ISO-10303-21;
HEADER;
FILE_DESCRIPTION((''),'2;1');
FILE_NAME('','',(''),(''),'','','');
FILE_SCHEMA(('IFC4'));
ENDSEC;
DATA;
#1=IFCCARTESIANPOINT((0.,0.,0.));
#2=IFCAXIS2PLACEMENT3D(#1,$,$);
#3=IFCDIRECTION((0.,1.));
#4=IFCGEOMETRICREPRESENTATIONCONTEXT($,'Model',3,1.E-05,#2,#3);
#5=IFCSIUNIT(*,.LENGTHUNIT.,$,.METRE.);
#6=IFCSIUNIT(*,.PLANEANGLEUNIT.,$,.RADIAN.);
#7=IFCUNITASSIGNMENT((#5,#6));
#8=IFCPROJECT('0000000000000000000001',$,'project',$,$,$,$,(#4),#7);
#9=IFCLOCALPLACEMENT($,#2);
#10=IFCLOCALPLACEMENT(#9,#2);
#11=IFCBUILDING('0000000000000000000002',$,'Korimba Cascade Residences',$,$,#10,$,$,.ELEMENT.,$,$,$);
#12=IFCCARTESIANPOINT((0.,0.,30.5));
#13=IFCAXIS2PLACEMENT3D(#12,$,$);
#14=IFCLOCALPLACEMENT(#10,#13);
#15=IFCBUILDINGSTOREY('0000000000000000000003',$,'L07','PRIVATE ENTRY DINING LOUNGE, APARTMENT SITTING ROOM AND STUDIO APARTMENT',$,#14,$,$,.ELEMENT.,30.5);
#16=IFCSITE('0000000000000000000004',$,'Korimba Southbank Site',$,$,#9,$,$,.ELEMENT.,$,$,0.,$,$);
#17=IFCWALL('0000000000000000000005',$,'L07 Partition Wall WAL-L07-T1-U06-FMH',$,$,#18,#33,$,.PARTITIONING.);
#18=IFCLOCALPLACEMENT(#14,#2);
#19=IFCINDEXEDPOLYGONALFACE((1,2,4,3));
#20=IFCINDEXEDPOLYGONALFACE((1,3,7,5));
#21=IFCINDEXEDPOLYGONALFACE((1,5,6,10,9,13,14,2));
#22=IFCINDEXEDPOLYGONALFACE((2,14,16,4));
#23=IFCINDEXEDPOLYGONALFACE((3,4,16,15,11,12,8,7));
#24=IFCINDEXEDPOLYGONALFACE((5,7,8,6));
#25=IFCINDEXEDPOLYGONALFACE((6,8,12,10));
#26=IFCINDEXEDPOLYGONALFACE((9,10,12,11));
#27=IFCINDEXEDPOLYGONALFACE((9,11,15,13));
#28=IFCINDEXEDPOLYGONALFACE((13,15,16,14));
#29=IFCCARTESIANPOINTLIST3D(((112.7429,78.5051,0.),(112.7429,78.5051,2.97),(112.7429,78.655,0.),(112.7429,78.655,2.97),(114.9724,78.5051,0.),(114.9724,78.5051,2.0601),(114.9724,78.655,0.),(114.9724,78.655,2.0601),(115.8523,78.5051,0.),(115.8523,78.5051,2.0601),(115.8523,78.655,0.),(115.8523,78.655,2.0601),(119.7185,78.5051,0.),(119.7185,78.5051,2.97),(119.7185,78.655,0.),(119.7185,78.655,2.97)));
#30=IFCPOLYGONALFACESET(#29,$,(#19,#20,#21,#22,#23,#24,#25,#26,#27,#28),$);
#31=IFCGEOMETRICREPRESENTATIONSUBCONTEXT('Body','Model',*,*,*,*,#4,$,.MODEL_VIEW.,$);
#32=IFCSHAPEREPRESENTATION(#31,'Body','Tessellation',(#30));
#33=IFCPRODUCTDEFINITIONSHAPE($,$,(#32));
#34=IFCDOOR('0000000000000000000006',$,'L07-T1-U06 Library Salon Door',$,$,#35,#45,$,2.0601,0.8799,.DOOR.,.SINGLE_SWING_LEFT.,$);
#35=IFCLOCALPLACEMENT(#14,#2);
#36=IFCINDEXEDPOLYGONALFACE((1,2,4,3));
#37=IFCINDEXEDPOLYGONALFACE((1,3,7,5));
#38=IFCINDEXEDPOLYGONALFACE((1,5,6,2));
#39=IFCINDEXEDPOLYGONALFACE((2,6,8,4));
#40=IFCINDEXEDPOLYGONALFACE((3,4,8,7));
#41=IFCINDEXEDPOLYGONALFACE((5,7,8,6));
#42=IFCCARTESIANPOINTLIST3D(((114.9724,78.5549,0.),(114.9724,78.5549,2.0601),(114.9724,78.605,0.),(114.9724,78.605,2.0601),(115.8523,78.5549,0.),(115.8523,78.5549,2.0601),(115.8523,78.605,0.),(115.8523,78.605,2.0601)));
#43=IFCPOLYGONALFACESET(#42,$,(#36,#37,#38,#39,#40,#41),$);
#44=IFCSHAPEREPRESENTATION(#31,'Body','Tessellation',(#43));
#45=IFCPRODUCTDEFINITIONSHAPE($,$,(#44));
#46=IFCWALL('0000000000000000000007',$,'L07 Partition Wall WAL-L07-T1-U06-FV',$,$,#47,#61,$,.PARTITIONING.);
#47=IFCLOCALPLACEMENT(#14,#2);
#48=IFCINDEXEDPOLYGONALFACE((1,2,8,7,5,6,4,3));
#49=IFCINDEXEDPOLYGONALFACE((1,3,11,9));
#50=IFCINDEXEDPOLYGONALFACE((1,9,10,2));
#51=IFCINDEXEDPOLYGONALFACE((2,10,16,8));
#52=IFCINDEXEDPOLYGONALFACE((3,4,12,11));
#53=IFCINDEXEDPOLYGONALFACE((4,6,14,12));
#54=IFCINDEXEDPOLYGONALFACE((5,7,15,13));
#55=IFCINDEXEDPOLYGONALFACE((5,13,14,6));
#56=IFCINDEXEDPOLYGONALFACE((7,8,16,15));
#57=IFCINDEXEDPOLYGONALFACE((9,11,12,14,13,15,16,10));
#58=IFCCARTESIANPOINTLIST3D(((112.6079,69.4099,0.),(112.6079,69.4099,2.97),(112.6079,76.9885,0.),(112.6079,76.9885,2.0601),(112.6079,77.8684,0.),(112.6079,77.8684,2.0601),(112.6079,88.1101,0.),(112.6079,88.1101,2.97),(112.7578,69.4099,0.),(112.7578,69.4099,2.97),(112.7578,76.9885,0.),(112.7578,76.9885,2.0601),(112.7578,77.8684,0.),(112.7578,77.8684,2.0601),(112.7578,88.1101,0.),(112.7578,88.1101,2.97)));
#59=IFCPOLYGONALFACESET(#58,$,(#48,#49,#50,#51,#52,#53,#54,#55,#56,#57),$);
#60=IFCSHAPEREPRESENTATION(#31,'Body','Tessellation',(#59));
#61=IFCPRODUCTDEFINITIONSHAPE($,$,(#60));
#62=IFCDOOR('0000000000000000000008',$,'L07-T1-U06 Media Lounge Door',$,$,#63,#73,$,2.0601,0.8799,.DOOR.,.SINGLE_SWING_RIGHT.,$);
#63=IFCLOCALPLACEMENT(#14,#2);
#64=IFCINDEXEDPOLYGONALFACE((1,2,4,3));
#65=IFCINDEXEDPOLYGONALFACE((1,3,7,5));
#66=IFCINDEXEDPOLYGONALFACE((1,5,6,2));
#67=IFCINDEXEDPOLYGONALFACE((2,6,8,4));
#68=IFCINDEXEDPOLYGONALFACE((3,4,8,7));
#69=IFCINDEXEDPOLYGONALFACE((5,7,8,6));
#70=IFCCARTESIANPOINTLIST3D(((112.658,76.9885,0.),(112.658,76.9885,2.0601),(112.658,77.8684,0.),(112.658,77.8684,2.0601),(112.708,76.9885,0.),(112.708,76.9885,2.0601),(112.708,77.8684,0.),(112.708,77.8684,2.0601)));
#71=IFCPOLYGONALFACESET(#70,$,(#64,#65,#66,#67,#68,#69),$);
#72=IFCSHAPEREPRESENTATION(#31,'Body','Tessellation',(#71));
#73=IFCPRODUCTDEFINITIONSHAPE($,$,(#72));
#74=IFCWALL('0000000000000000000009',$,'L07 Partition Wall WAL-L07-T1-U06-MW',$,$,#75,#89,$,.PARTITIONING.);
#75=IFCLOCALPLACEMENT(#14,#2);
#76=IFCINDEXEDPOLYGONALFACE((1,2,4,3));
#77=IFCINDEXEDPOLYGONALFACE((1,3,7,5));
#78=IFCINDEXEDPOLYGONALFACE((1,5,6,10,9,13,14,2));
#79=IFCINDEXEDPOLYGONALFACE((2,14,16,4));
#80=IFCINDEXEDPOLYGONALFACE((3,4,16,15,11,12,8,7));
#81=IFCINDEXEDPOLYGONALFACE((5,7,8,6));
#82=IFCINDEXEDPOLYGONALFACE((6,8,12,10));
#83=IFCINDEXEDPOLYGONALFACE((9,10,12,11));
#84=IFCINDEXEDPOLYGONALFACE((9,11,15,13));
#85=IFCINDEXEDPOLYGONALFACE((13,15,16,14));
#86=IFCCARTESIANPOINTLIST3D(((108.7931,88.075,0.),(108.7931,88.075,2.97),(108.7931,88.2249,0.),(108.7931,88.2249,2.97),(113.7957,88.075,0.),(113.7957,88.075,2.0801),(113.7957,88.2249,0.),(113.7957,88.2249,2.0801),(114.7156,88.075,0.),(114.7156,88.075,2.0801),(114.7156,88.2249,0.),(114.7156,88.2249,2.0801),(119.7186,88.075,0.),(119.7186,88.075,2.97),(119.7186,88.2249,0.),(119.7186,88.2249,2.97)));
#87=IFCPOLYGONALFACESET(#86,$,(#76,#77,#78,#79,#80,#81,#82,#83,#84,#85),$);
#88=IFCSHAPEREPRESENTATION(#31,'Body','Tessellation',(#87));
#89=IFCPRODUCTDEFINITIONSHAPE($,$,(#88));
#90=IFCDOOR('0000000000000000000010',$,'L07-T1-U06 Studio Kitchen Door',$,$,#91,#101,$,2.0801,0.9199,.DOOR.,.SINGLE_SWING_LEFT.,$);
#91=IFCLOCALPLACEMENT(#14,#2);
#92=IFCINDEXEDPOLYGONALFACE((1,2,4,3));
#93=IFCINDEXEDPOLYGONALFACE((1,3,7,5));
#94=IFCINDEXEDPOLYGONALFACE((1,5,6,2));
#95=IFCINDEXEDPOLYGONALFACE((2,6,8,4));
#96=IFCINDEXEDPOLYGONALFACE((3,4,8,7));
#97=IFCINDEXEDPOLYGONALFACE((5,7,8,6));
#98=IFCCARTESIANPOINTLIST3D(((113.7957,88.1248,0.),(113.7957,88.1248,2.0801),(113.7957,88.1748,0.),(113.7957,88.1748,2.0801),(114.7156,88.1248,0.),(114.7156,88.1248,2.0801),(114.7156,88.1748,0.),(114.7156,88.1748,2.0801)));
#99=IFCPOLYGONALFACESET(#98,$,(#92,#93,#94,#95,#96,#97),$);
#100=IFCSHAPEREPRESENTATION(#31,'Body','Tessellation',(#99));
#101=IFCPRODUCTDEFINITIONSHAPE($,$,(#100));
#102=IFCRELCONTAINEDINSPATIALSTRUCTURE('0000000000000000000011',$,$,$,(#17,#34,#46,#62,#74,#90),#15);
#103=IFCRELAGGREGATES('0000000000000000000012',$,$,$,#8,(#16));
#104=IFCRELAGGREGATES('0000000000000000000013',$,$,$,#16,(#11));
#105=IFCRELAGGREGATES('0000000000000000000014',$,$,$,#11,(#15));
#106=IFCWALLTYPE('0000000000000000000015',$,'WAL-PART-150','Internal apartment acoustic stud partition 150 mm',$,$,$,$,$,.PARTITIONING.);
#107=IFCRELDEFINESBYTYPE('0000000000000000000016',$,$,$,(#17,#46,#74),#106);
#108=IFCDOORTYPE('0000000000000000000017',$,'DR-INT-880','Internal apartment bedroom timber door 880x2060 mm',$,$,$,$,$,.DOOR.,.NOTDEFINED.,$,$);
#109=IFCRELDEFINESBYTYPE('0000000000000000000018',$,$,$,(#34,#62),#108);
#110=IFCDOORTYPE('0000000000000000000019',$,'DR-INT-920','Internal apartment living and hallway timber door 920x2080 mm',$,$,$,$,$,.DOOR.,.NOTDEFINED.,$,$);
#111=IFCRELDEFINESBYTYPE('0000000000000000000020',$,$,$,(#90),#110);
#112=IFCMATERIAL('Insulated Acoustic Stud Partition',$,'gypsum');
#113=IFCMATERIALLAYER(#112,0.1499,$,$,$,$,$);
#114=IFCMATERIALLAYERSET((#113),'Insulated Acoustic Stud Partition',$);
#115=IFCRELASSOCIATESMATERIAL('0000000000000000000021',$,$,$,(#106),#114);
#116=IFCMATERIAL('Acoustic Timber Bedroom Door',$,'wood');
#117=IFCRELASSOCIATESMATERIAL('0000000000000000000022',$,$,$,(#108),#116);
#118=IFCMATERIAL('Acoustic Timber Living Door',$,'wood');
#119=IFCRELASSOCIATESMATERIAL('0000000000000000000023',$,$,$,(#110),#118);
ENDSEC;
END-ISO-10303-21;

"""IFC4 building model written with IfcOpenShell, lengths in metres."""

from ifc_helpers import new_model, si_unit, direction, frame, frame_2d, origin, place, context, subcontext, project, spatial, rectangle, extrude, material, layer, layer_set, type_object, element, fill, save


model = new_model("IFC4")

# Units and contexts
model_context = context("Model", 3, precision=1e-05, world=origin(), true_north=direction((0.0, 1.0)))
body_context = subcontext(model_context, "Body", "Model", "MODEL_VIEW")
ifc_project = project(units=[si_unit("LENGTHUNIT", "METRE"), si_unit("PLANEANGLEUNIT", "RADIAN")], contexts=[model_context])

# Site, building, storey
site_placement = place(None, origin())
site = spatial("IfcSite", under=ifc_project, at=site_placement, Name="Korimba Southbank Site", CompositionType="ELEMENT", RefElevation=0.0)
building_placement = place(site_placement, origin())
building = spatial("IfcBuilding", under=site, at=building_placement, Name="Korimba Cascade Residences", CompositionType="ELEMENT")
storey_placement = place(building_placement, frame((0.0, 0.0, 30.5)))
storey = spatial("IfcBuildingStorey", under=building, at=storey_placement, Name="L07", Description="PRIVATE ENTRY DINING LOUNGE, APARTMENT SITTING ROOM AND STUDIO APARTMENT", CompositionType="ELEMENT", Elevation=30.5)

# Walls, openings, doors
ifc_material_1 = material(Name="Insulated Acoustic Stud Partition", Category="gypsum")
ifc_layer_1 = layer(ifc_material_1, 0.1499)
ifc_layer_set_1 = layer_set([ifc_layer_1], Name="Insulated Acoustic Stud Partition")
wall_type_1 = type_object("IfcWallType", Name="WAL-PART-150", Description="Internal apartment acoustic stud partition 150 mm", PredefinedType="PARTITIONING", material=ifc_layer_set_1)
ifc_material_2 = material(Name="Acoustic Timber Bedroom Door", Category="wood")
door_type_1 = type_object("IfcDoorType", Name="DR-INT-880", Description="Internal apartment bedroom timber door 880x2060 mm", OperationType="NOTDEFINED", PredefinedType="DOOR", material=ifc_material_2)
ifc_material_3 = material(Name="Acoustic Timber Living Door", Category="wood")
door_type_2 = type_object("IfcDoorType", Name="DR-INT-920", Description="Internal apartment living and hallway timber door 920x2080 mm", OperationType="NOTDEFINED", PredefinedType="DOOR", material=ifc_material_3)
wall_1_placement = place(storey_placement, frame((112.7429, 78.5801, 0.0), z_axis=(0.0, 0.0, 1.0), x_axis=(1.0, 0.0, 0.0)))
wall_1 = element("IfcWall", 1, at=wall_1_placement, inside=storey, type_object=wall_type_1, Name="L07 Partition Wall WAL-L07-T1-U06-FMH", PredefinedType="PARTITIONING", context=body_context, shape_type="SweptSolid", body=[
    extrude(rectangle(XDim=6.9756, YDim=0.1499, at=frame_2d((3.4878, 0.0))), origin(), (0.0, 0.0, 1.0), 2.97),
])
opening_1_placement = place(wall_1_placement, frame((2.2295, 0.0, 0.0)))
opening_1 = element("IfcOpeningElement", 2, at=opening_1_placement, cuts=wall_1, PredefinedType="OPENING", context=body_context, shape_type="SweptSolid", body=[
    extrude(rectangle(XDim=0.8799, YDim=2.0601, at=frame_2d((0.4399, 1.03))), frame((0.0, 0.085, 0.0), z_axis=(0.0, -1.0, 0.0), x_axis=(1.0, 0.0, 0.0)), (0.0, 0.0, 1.0), 0.1699),
])
door_1_placement = place(opening_1_placement, origin())
door_1 = element("IfcDoor", 3, at=door_1_placement, inside=storey, type_object=door_type_1, Name="L07-T1-U06 Library Salon Door", OperationType="SINGLE_SWING_LEFT", OverallHeight=2.0601, OverallWidth=0.8799, PredefinedType="DOOR", context=body_context, shape_type="SweptSolid", body=[
    extrude(rectangle(XDim=0.8799, YDim=2.0601, at=frame_2d((0.4399, 1.03))), frame((0.0, 0.0249, 0.0), z_axis=(0.0, -1.0, 0.0), x_axis=(1.0, 0.0, 0.0)), (0.0, 0.0, 1.0), 0.05),
])
fill(opening_1, door_1)
wall_2_placement = place(storey_placement, frame((112.6829, 69.4099, 0.0), z_axis=(0.0, 0.0, 1.0), x_axis=(0.0, 1.0, 0.0)))
wall_2 = element("IfcWall", 4, at=wall_2_placement, inside=storey, type_object=wall_type_1, Name="L07 Partition Wall WAL-L07-T1-U06-FV", PredefinedType="PARTITIONING", context=body_context, shape_type="SweptSolid", body=[
    extrude(rectangle(XDim=18.7002, YDim=0.1499, at=frame_2d((9.3501, 0.0))), origin(), (0.0, 0.0, 1.0), 2.97),
])
opening_2_placement = place(wall_2_placement, frame((7.5786, 0.0, 0.0)))
opening_2 = element("IfcOpeningElement", 5, at=opening_2_placement, cuts=wall_2, PredefinedType="OPENING", context=body_context, shape_type="SweptSolid", body=[
    extrude(rectangle(XDim=0.8799, YDim=2.0601, at=frame_2d((0.4399, 1.03))), frame((0.0, 0.085, 0.0), z_axis=(0.0, -1.0, 0.0), x_axis=(1.0, 0.0, 0.0)), (0.0, 0.0, 1.0), 0.1699),
])
door_2_placement = place(opening_2_placement, origin())
door_2 = element("IfcDoor", 6, at=door_2_placement, inside=storey, type_object=door_type_1, Name="L07-T1-U06 Media Lounge Door", OperationType="SINGLE_SWING_RIGHT", OverallHeight=2.0601, OverallWidth=0.8799, PredefinedType="DOOR", context=body_context, shape_type="SweptSolid", body=[
    extrude(rectangle(XDim=0.8799, YDim=2.0601, at=frame_2d((0.4399, 1.03))), frame((0.0, 0.0249, 0.0), z_axis=(0.0, -1.0, 0.0), x_axis=(1.0, 0.0, 0.0)), (0.0, 0.0, 1.0), 0.05),
])
fill(opening_2, door_2)
wall_3_placement = place(storey_placement, frame((108.793, 88.1499, 0.0), z_axis=(0.0, 0.0, 1.0), x_axis=(1.0, 0.0, 0.0)))
wall_3 = element("IfcWall", 7, at=wall_3_placement, inside=storey, type_object=wall_type_1, Name="L07 Partition Wall WAL-L07-T1-U06-MW", PredefinedType="PARTITIONING", context=body_context, shape_type="SweptSolid", body=[
    extrude(rectangle(XDim=10.9255, YDim=0.1499, at=frame_2d((5.4629, 0.0))), origin(), (0.0, 0.0, 1.0), 2.97),
])
opening_3_placement = place(wall_3_placement, frame((5.0027, 0.0, 0.0)))
opening_3 = element("IfcOpeningElement", 8, at=opening_3_placement, cuts=wall_3, PredefinedType="OPENING", context=body_context, shape_type="SweptSolid", body=[
    extrude(rectangle(XDim=0.9199, YDim=2.0801, at=frame_2d((0.46, 1.04))), frame((0.0, 0.085, 0.0), z_axis=(0.0, -1.0, 0.0), x_axis=(1.0, 0.0, 0.0)), (0.0, 0.0, 1.0), 0.1699),
])
door_3_placement = place(opening_3_placement, origin())
door_3 = element("IfcDoor", 9, at=door_3_placement, inside=storey, type_object=door_type_2, Name="L07-T1-U06 Studio Kitchen Door", OperationType="SINGLE_SWING_LEFT", OverallHeight=2.0801, OverallWidth=0.9199, PredefinedType="DOOR", context=body_context, shape_type="SweptSolid", body=[
    extrude(rectangle(XDim=0.9199, YDim=2.0801, at=frame_2d((0.46, 1.04))), frame((0.0, 0.0249, 0.0), z_axis=(0.0, -1.0, 0.0), x_axis=(1.0, 0.0, 0.0)), (0.0, 0.0, 1.0), 0.05),
])
fill(opening_3, door_3)

save(model, "model.ifc")
